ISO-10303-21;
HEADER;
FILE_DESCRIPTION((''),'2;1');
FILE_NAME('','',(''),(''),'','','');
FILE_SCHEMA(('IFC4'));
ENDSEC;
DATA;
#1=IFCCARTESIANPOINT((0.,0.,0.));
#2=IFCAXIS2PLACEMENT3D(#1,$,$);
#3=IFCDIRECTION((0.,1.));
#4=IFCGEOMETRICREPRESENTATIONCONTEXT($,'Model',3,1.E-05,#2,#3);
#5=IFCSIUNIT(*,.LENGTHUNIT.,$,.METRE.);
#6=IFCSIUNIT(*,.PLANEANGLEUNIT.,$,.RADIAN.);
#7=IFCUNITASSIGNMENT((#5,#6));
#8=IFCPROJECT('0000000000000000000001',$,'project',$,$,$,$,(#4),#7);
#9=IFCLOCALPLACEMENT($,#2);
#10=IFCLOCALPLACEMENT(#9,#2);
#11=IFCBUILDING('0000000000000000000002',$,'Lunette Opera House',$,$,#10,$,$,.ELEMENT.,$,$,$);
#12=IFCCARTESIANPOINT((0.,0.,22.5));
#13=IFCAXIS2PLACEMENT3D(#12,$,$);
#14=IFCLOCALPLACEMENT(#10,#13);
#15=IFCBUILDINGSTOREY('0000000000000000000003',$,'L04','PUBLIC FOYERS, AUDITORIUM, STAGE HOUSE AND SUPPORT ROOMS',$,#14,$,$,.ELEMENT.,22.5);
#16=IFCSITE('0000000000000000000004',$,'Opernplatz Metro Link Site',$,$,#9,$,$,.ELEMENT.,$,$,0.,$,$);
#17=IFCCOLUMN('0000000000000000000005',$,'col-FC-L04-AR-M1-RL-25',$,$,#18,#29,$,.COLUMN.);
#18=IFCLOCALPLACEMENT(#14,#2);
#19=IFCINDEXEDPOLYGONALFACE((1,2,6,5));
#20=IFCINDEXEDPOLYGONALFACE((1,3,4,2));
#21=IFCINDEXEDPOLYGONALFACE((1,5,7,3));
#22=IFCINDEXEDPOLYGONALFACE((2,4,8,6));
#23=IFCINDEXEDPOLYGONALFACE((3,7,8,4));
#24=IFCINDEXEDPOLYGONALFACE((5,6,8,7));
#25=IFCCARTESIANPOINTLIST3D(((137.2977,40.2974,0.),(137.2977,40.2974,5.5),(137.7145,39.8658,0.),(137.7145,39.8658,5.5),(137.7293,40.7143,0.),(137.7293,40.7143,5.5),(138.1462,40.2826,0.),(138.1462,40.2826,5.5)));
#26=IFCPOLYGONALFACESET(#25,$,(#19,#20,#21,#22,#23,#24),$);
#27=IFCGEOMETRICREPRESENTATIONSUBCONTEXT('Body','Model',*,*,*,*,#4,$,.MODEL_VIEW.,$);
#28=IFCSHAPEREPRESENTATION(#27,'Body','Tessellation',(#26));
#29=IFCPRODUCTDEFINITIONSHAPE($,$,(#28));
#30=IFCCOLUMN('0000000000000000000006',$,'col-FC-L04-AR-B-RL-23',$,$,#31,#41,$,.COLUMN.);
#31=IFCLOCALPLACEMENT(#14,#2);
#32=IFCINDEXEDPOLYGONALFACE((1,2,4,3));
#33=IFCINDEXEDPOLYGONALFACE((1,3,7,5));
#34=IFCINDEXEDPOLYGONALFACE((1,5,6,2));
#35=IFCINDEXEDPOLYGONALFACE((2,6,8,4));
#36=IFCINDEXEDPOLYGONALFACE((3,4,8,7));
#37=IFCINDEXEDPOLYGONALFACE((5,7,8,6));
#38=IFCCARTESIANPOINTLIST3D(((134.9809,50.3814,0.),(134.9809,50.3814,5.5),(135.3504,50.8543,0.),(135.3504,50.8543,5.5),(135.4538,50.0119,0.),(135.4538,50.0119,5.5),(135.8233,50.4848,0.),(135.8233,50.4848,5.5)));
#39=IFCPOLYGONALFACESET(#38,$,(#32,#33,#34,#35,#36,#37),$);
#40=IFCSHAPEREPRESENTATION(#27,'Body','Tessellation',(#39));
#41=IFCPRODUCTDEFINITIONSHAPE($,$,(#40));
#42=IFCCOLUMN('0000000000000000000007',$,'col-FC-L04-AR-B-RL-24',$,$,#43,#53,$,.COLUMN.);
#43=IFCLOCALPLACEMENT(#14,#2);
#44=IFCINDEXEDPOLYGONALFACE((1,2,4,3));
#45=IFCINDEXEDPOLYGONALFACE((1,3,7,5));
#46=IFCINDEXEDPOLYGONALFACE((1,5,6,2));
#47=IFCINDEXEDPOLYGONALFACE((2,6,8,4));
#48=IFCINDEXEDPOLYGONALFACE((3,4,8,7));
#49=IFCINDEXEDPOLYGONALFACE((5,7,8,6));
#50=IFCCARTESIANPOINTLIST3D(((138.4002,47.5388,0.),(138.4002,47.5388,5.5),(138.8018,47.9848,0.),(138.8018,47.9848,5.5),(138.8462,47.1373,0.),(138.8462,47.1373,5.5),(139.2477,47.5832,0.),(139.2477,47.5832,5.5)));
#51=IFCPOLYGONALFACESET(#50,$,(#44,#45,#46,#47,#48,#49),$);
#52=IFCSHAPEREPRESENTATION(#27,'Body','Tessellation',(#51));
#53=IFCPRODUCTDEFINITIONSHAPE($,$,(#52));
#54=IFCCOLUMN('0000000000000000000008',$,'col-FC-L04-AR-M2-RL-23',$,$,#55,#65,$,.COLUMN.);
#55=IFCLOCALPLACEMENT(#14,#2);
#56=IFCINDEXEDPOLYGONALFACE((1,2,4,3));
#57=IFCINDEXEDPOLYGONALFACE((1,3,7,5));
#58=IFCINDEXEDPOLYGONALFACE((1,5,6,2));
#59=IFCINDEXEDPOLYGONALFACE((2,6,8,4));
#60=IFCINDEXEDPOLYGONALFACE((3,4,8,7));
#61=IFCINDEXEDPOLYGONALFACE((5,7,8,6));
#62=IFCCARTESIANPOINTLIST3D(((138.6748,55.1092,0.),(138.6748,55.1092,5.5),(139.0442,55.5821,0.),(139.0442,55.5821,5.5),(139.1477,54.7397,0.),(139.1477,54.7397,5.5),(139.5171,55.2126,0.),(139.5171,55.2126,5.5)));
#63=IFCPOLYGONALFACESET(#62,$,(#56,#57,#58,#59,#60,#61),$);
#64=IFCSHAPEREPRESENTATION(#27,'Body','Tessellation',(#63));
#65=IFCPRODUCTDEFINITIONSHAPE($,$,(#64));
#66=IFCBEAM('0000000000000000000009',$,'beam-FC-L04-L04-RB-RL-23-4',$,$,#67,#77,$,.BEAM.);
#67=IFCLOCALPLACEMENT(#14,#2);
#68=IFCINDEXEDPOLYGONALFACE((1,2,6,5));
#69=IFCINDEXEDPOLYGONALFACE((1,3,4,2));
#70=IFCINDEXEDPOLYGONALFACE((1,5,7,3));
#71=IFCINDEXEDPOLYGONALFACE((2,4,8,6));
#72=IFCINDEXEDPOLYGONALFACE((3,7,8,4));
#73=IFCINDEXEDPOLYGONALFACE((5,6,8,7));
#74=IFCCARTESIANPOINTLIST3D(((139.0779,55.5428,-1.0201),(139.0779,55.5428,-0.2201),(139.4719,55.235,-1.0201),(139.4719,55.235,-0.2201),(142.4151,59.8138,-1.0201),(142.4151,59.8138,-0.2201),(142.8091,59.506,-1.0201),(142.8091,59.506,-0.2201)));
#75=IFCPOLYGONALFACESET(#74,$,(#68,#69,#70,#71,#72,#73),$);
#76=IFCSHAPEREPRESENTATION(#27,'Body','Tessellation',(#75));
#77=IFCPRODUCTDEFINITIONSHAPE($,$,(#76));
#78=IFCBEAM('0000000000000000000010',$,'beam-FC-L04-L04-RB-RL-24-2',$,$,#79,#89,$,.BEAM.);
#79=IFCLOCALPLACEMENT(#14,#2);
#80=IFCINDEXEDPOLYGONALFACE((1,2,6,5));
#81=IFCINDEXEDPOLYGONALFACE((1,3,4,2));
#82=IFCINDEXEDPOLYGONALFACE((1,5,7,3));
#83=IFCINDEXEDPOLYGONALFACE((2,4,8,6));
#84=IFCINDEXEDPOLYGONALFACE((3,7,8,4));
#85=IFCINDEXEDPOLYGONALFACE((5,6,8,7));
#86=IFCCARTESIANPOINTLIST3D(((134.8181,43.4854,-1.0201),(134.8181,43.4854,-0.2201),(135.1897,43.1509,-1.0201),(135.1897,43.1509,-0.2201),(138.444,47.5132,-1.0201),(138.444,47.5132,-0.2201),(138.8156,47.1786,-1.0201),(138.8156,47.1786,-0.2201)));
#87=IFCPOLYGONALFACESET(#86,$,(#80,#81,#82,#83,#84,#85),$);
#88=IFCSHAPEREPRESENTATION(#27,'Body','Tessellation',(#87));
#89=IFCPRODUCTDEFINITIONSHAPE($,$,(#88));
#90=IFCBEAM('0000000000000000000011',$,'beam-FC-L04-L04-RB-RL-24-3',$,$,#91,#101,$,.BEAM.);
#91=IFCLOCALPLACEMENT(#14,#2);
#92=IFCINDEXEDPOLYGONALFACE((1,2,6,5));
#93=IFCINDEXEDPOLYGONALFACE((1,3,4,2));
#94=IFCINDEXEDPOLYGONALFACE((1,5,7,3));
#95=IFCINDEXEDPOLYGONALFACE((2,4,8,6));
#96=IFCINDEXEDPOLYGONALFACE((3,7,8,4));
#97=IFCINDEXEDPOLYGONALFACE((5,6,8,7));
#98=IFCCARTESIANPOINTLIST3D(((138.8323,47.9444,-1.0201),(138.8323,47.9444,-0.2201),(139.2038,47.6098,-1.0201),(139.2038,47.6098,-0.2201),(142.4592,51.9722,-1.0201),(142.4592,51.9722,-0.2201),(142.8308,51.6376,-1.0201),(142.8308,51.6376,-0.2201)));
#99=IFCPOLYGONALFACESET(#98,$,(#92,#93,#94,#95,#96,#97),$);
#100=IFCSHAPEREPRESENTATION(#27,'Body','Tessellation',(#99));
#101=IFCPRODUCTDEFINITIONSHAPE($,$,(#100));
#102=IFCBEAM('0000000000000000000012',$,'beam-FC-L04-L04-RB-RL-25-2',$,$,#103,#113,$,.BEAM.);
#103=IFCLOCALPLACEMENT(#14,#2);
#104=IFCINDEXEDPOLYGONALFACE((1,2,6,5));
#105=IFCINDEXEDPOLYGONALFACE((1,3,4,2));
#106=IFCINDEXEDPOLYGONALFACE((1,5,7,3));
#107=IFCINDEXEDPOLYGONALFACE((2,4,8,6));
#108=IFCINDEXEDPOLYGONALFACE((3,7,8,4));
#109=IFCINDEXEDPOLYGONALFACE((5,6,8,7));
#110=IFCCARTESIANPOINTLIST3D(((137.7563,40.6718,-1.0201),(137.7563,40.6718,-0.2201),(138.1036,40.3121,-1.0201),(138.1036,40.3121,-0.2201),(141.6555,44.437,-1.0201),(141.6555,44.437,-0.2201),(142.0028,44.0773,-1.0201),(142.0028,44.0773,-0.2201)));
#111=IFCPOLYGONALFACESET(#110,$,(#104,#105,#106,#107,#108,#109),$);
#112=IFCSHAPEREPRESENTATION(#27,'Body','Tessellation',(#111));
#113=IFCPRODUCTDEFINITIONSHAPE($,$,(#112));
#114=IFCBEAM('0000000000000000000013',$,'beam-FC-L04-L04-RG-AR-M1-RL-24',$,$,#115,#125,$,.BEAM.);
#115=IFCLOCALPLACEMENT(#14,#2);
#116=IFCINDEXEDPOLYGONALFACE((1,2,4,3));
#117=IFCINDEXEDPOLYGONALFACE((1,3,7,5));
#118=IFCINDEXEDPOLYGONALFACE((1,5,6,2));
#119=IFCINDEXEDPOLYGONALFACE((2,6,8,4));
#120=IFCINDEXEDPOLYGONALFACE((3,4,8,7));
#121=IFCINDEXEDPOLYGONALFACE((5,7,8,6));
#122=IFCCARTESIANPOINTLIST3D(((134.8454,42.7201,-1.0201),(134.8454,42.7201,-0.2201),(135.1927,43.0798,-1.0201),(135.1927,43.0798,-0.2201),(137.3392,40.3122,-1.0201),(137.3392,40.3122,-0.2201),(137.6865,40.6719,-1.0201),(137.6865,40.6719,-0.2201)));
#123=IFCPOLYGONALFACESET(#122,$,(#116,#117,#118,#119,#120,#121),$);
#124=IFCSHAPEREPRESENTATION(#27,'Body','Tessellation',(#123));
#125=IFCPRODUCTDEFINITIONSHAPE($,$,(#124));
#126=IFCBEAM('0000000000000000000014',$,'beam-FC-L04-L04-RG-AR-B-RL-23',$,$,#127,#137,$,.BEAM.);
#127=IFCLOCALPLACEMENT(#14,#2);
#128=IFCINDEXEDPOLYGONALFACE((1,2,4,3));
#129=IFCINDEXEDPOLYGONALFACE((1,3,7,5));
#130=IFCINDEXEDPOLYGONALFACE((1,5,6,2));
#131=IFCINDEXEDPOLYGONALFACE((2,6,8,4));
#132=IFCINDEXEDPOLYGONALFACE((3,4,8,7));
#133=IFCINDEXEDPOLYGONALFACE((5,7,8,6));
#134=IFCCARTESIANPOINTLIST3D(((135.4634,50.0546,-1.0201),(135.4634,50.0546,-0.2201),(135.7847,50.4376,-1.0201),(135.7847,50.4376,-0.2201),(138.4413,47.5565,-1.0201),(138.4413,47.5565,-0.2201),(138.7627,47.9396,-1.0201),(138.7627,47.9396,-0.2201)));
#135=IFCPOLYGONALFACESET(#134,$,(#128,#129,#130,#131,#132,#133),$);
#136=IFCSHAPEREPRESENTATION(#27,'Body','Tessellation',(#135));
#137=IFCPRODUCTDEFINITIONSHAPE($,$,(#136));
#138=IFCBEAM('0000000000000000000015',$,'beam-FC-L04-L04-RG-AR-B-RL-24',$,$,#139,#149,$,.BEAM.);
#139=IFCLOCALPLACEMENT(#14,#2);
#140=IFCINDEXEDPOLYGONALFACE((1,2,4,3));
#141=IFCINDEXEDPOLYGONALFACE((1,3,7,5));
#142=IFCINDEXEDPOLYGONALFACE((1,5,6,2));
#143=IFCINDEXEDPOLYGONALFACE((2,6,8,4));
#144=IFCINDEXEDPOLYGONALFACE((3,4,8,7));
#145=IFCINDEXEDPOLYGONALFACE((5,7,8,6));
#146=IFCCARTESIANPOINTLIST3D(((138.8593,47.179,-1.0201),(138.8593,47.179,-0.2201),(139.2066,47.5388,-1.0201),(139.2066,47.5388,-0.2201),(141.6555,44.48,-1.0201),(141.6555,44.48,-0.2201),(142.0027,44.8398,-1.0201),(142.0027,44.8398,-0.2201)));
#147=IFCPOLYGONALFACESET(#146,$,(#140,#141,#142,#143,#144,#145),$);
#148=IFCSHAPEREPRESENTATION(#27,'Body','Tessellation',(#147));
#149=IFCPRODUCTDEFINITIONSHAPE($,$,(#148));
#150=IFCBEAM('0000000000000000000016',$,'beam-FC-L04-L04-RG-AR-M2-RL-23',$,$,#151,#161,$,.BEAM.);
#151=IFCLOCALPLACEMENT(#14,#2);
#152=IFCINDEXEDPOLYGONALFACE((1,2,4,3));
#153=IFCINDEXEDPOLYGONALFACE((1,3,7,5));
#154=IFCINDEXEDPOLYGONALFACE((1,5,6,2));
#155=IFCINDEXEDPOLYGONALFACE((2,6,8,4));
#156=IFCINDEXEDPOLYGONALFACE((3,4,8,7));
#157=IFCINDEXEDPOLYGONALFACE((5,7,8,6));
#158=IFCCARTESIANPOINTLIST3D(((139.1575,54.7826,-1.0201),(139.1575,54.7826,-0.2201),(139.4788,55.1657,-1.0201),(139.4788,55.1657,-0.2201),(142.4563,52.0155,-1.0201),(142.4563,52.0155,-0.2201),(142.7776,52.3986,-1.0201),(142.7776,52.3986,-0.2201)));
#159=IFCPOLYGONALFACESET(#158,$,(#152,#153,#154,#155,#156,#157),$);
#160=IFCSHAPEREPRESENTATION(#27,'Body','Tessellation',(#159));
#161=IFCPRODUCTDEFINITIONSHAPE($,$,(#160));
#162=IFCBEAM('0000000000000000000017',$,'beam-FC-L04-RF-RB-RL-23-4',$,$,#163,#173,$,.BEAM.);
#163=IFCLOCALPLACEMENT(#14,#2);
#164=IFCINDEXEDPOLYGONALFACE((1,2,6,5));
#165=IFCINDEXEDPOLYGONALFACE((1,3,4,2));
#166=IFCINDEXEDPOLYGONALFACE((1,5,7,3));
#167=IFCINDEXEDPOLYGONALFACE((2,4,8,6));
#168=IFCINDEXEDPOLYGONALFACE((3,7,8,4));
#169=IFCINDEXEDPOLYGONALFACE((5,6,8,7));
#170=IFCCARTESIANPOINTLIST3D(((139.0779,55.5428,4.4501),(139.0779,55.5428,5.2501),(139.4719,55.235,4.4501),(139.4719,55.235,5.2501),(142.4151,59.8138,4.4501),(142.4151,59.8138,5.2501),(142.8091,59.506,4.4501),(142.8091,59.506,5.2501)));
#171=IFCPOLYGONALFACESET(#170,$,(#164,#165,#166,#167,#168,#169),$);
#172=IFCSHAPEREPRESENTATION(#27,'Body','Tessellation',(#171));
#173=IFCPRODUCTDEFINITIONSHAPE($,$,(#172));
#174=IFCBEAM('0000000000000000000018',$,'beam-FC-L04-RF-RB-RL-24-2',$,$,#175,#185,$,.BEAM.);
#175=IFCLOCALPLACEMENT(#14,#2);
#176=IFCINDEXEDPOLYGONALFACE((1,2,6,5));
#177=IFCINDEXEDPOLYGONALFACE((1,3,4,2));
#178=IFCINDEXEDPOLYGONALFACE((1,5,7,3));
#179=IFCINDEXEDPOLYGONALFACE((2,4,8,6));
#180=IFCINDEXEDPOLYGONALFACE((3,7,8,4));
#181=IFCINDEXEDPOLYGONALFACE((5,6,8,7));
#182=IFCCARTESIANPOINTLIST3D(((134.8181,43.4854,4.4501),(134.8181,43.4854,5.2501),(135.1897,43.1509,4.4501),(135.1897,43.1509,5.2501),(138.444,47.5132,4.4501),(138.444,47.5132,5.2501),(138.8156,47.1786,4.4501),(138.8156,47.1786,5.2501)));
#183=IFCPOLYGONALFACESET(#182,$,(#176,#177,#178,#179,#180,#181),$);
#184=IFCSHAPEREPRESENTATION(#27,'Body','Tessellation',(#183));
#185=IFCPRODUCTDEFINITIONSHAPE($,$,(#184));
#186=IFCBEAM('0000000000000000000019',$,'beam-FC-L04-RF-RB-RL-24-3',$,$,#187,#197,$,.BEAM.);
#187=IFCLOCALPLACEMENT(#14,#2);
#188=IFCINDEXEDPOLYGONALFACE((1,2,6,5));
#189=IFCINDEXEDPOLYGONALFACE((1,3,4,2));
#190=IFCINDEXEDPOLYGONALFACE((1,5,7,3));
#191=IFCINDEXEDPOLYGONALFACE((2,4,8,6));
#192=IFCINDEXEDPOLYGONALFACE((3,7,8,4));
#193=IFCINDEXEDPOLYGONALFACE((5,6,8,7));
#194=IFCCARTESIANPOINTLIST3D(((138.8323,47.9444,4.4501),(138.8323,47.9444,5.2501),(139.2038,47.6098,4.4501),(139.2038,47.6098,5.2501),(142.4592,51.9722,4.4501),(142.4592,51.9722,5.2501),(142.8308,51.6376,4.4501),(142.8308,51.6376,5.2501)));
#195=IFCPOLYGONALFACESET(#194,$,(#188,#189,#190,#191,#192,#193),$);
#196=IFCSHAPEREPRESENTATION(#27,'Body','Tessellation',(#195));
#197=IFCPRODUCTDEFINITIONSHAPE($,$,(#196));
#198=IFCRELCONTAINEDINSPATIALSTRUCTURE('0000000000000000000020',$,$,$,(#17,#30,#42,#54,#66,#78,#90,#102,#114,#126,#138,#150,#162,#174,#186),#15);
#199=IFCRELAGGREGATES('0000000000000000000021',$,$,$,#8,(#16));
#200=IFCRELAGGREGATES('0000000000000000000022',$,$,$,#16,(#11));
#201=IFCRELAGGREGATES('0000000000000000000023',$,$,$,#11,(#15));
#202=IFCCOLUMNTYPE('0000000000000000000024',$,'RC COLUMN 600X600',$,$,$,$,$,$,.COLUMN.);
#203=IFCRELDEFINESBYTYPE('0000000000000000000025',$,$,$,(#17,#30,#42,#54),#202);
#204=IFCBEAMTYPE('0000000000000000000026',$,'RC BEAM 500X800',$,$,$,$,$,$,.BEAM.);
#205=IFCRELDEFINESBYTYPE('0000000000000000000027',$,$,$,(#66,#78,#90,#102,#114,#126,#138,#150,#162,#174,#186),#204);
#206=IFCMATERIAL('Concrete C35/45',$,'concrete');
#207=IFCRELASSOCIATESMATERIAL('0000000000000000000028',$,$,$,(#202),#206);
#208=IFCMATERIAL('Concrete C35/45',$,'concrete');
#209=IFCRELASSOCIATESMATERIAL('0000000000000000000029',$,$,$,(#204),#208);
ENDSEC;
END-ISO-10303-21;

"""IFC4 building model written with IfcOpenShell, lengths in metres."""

from ifc_helpers import new_model, si_unit, direction, frame, origin, origin_2d, place, context, subcontext, project, spatial, rectangle, extrude, material, material_profile, profile_set, type_object, element, save


model = new_model("IFC4")

# Units and contexts
model_context = context("Model", 3, precision=1e-05, world=origin(), true_north=direction((0.0, 1.0)))
body_context = subcontext(model_context, "Body", "Model", "MODEL_VIEW")
ifc_project = project(units=[si_unit("LENGTHUNIT", "METRE"), si_unit("PLANEANGLEUNIT", "RADIAN")], contexts=[model_context])

# Site, building, storey
site_placement = place(None, origin())
site = spatial("IfcSite", under=ifc_project, at=site_placement, Name="Opernplatz Metro Link Site", CompositionType="ELEMENT", RefElevation=0.0)
building_placement = place(site_placement, origin())
building = spatial("IfcBuilding", under=site, at=building_placement, Name="Lunette Opera House", CompositionType="ELEMENT")
storey_placement = place(building_placement, frame((0.0, 0.0, 22.5)))
storey = spatial("IfcBuildingStorey", under=building, at=storey_placement, Name="L04", Description="PUBLIC FOYERS, AUDITORIUM, STAGE HOUSE AND SUPPORT ROOMS", CompositionType="ELEMENT", Elevation=22.5)

# Columns
ifc_material_1 = material(Name="Concrete C35/45", Category="concrete")
ifc_material_profile_1 = material_profile(ifc_material_1, rectangle(XDim=0.6001, YDim=0.6001, at=origin_2d()), Name="RC COLUMN 600X600")
ifc_profile_set_1 = profile_set([ifc_material_profile_1], Name="Concrete C35/45")
column_type = type_object("IfcColumnType", Name="RC COLUMN 600X600", PredefinedType="COLUMN", material=ifc_profile_set_1)
for number, where, z_axis, x_axis, name in (
    (1, (137.7219, 40.29, 0.0), (0.0, 0.0, 1.0), (0.694658, -0.71934, 0.0), "col-FC-L04-AR-M1-RL-25"),
    (2, (135.4021, 50.4331, 0.0), (0.0, 0.0, 1.0), (0.788011, -0.615661, 0.0), "col-FC-L04-AR-B-RL-23"),
    (3, (138.824, 47.561, 0.0), (0.0, 0.0, 1.0), (0.743145, -0.669131, 0.0), "col-FC-L04-AR-B-RL-24"),
    (4, (139.0959, 55.1609, 0.0), (0.0, 0.0, 1.0), (0.788011, -0.615661, 0.0), "col-FC-L04-AR-M2-RL-23"),
):
    element("IfcColumn", number, at=place(storey_placement, frame(where, z_axis=z_axis, x_axis=x_axis)), inside=storey, type_object=column_type, Name=name, PredefinedType="COLUMN", context=body_context, shape_type="SweptSolid", body=[
        extrude(rectangle(XDim=0.6001, YDim=0.6001, at=origin_2d()), origin(), (0.0, 0.0, 1.0), 5.5),
    ])

# Beams
ifc_material_2 = material(Name="Concrete C35/45", Category="concrete")
ifc_material_profile_2 = material_profile(ifc_material_2, rectangle(XDim=0.5, YDim=0.8, at=origin_2d()), Name="RC BEAM 500X800")
ifc_profile_set_2 = profile_set([ifc_material_profile_2], Name="Concrete C35/45")
beam_type = type_object("IfcBeamType", Name="RC BEAM 500X800", PredefinedType="BEAM", material=ifc_profile_set_2)
beam_1_placement = place(storey_placement, frame((139.2749, 55.3889, -0.6201), z_axis=(0.615695, 0.787985, 0.0), x_axis=(-0.787985, 0.615695, 0.0)))
element("IfcBeam", 5, at=beam_1_placement, inside=storey, type_object=beam_type, Name="beam-FC-L04-L04-RB-RL-23-4", PredefinedType="BEAM", context=body_context, shape_type="SweptSolid", body=[
    extrude(rectangle(XDim=0.5, YDim=0.8, at=origin_2d()), origin(), (0.0, 0.0, 1.0), 5.4202),
])
beam_2_placement = place(storey_placement, frame((135.0039, 43.3181, -0.6201), z_axis=(0.669059, 0.743209, 0.0), x_axis=(-0.743209, 0.669059, 0.0)))
element("IfcBeam", 6, at=beam_2_placement, inside=storey, type_object=beam_type, Name="beam-FC-L04-L04-RB-RL-24-2", PredefinedType="BEAM", context=body_context, shape_type="SweptSolid", body=[
    extrude(rectangle(XDim=0.5, YDim=0.8, at=origin_2d()), origin(), (0.0, 0.0, 1.0), 5.4194),
])
beam_3_placement = place(storey_placement, frame((139.0181, 47.7771, -0.6201), z_axis=(0.669159, 0.743119, 0.0), x_axis=(-0.743119, 0.669159, 0.0)))
element("IfcBeam", 7, at=beam_3_placement, inside=storey, type_object=beam_type, Name="beam-FC-L04-L04-RB-RL-24-3", PredefinedType="BEAM", context=body_context, shape_type="SweptSolid", body=[
    extrude(rectangle(XDim=0.5, YDim=0.8, at=origin_2d()), origin(), (0.0, 0.0, 1.0), 5.4202),
])
beam_4_placement = place(storey_placement, frame((137.9299, 40.4919, -0.6201), z_axis=(0.719363, 0.694635, 0.0), x_axis=(-0.694635, 0.719363, 0.0)))
element("IfcBeam", 8, at=beam_4_placement, inside=storey, type_object=beam_type, Name="beam-FC-L04-L04-RB-RL-25-2", PredefinedType="BEAM", context=body_context, shape_type="SweptSolid", body=[
    extrude(rectangle(XDim=0.5, YDim=0.8, at=origin_2d()), origin(), (0.0, 0.0, 1.0), 5.4204),
])
beam_5_placement = place(storey_placement, frame((135.019, 42.8999, -0.6201), z_axis=(0.719393, -0.694603, 0.0), x_axis=(0.694603, 0.719393, 0.0)))
element("IfcBeam", 9, at=beam_5_placement, inside=storey, type_object=beam_type, Name="beam-FC-L04-L04-RG-AR-M1-RL-24", PredefinedType="BEAM", context=body_context, shape_type="SweptSolid", body=[
    extrude(rectangle(XDim=0.5, YDim=0.8, at=origin_2d()), origin(), (0.0, 0.0, 1.0), 3.4666),
])
beam_6_placement = place(storey_placement, frame((135.624, 50.2461, -0.6201), z_axis=(0.766148, -0.642665, 0.0), x_axis=(0.642665, 0.766148, 0.0)))
element("IfcBeam", 10, at=beam_6_placement, inside=storey, type_object=beam_type, Name="beam-FC-L04-L04-RG-AR-B-RL-23", PredefinedType="BEAM", context=body_context, shape_type="SweptSolid", body=[
    extrude(rectangle(XDim=0.5, YDim=0.8, at=origin_2d()), origin(), (0.0, 0.0, 1.0), 3.887),
])
beam_7_placement = place(storey_placement, frame((139.033, 47.3589, -0.6201), z_axis=(0.719498, -0.694495, 0.0), x_axis=(0.694495, 0.719498, 0.0)))
element("IfcBeam", 11, at=beam_7_placement, inside=storey, type_object=beam_type, Name="beam-FC-L04-L04-RG-AR-B-RL-24", PredefinedType="BEAM", context=body_context, shape_type="SweptSolid", body=[
    extrude(rectangle(XDim=0.5, YDim=0.8, at=origin_2d()), origin(), (0.0, 0.0, 1.0), 3.8862),
])
beam_8_placement = place(storey_placement, frame((139.3181, 54.9741, -0.6201), z_axis=(0.766154, -0.642657, 0.0), x_axis=(0.642657, 0.766154, 0.0)))
element("IfcBeam", 12, at=beam_8_placement, inside=storey, type_object=beam_type, Name="beam-FC-L04-L04-RG-AR-M2-RL-23", PredefinedType="BEAM", context=body_context, shape_type="SweptSolid", body=[
    extrude(rectangle(XDim=0.5, YDim=0.8, at=origin_2d()), origin(), (0.0, 0.0, 1.0), 4.3057),
])
beam_9_placement = place(storey_placement, frame((139.2749, 55.3889, 4.8501), z_axis=(0.615695, 0.787985, 0.0), x_axis=(-0.787985, 0.615695, 0.0)))
element("IfcBeam", 13, at=beam_9_placement, inside=storey, type_object=beam_type, Name="beam-FC-L04-RF-RB-RL-23-4", PredefinedType="BEAM", context=body_context, shape_type="SweptSolid", body=[
    extrude(rectangle(XDim=0.5, YDim=0.8, at=origin_2d()), origin(), (0.0, 0.0, 1.0), 5.4202),
])
beam_10_placement = place(storey_placement, frame((135.0039, 43.3181, 4.8501), z_axis=(0.669059, 0.743209, 0.0), x_axis=(-0.743209, 0.669059, 0.0)))
element("IfcBeam", 14, at=beam_10_placement, inside=storey, type_object=beam_type, Name="beam-FC-L04-RF-RB-RL-24-2", PredefinedType="BEAM", context=body_context, shape_type="SweptSolid", body=[
    extrude(rectangle(XDim=0.5, YDim=0.8, at=origin_2d()), origin(), (0.0, 0.0, 1.0), 5.4194),
])
beam_11_placement = place(storey_placement, frame((139.0181, 47.7771, 4.8501), z_axis=(0.669159, 0.743119, 0.0), x_axis=(-0.743119, 0.669159, 0.0)))
element("IfcBeam", 15, at=beam_11_placement, inside=storey, type_object=beam_type, Name="beam-FC-L04-RF-RB-RL-24-3", PredefinedType="BEAM", context=body_context, shape_type="SweptSolid", body=[
    extrude(rectangle(XDim=0.5, YDim=0.8, at=origin_2d()), origin(), (0.0, 0.0, 1.0), 5.4202),
])

save(model, "model.ifc")
